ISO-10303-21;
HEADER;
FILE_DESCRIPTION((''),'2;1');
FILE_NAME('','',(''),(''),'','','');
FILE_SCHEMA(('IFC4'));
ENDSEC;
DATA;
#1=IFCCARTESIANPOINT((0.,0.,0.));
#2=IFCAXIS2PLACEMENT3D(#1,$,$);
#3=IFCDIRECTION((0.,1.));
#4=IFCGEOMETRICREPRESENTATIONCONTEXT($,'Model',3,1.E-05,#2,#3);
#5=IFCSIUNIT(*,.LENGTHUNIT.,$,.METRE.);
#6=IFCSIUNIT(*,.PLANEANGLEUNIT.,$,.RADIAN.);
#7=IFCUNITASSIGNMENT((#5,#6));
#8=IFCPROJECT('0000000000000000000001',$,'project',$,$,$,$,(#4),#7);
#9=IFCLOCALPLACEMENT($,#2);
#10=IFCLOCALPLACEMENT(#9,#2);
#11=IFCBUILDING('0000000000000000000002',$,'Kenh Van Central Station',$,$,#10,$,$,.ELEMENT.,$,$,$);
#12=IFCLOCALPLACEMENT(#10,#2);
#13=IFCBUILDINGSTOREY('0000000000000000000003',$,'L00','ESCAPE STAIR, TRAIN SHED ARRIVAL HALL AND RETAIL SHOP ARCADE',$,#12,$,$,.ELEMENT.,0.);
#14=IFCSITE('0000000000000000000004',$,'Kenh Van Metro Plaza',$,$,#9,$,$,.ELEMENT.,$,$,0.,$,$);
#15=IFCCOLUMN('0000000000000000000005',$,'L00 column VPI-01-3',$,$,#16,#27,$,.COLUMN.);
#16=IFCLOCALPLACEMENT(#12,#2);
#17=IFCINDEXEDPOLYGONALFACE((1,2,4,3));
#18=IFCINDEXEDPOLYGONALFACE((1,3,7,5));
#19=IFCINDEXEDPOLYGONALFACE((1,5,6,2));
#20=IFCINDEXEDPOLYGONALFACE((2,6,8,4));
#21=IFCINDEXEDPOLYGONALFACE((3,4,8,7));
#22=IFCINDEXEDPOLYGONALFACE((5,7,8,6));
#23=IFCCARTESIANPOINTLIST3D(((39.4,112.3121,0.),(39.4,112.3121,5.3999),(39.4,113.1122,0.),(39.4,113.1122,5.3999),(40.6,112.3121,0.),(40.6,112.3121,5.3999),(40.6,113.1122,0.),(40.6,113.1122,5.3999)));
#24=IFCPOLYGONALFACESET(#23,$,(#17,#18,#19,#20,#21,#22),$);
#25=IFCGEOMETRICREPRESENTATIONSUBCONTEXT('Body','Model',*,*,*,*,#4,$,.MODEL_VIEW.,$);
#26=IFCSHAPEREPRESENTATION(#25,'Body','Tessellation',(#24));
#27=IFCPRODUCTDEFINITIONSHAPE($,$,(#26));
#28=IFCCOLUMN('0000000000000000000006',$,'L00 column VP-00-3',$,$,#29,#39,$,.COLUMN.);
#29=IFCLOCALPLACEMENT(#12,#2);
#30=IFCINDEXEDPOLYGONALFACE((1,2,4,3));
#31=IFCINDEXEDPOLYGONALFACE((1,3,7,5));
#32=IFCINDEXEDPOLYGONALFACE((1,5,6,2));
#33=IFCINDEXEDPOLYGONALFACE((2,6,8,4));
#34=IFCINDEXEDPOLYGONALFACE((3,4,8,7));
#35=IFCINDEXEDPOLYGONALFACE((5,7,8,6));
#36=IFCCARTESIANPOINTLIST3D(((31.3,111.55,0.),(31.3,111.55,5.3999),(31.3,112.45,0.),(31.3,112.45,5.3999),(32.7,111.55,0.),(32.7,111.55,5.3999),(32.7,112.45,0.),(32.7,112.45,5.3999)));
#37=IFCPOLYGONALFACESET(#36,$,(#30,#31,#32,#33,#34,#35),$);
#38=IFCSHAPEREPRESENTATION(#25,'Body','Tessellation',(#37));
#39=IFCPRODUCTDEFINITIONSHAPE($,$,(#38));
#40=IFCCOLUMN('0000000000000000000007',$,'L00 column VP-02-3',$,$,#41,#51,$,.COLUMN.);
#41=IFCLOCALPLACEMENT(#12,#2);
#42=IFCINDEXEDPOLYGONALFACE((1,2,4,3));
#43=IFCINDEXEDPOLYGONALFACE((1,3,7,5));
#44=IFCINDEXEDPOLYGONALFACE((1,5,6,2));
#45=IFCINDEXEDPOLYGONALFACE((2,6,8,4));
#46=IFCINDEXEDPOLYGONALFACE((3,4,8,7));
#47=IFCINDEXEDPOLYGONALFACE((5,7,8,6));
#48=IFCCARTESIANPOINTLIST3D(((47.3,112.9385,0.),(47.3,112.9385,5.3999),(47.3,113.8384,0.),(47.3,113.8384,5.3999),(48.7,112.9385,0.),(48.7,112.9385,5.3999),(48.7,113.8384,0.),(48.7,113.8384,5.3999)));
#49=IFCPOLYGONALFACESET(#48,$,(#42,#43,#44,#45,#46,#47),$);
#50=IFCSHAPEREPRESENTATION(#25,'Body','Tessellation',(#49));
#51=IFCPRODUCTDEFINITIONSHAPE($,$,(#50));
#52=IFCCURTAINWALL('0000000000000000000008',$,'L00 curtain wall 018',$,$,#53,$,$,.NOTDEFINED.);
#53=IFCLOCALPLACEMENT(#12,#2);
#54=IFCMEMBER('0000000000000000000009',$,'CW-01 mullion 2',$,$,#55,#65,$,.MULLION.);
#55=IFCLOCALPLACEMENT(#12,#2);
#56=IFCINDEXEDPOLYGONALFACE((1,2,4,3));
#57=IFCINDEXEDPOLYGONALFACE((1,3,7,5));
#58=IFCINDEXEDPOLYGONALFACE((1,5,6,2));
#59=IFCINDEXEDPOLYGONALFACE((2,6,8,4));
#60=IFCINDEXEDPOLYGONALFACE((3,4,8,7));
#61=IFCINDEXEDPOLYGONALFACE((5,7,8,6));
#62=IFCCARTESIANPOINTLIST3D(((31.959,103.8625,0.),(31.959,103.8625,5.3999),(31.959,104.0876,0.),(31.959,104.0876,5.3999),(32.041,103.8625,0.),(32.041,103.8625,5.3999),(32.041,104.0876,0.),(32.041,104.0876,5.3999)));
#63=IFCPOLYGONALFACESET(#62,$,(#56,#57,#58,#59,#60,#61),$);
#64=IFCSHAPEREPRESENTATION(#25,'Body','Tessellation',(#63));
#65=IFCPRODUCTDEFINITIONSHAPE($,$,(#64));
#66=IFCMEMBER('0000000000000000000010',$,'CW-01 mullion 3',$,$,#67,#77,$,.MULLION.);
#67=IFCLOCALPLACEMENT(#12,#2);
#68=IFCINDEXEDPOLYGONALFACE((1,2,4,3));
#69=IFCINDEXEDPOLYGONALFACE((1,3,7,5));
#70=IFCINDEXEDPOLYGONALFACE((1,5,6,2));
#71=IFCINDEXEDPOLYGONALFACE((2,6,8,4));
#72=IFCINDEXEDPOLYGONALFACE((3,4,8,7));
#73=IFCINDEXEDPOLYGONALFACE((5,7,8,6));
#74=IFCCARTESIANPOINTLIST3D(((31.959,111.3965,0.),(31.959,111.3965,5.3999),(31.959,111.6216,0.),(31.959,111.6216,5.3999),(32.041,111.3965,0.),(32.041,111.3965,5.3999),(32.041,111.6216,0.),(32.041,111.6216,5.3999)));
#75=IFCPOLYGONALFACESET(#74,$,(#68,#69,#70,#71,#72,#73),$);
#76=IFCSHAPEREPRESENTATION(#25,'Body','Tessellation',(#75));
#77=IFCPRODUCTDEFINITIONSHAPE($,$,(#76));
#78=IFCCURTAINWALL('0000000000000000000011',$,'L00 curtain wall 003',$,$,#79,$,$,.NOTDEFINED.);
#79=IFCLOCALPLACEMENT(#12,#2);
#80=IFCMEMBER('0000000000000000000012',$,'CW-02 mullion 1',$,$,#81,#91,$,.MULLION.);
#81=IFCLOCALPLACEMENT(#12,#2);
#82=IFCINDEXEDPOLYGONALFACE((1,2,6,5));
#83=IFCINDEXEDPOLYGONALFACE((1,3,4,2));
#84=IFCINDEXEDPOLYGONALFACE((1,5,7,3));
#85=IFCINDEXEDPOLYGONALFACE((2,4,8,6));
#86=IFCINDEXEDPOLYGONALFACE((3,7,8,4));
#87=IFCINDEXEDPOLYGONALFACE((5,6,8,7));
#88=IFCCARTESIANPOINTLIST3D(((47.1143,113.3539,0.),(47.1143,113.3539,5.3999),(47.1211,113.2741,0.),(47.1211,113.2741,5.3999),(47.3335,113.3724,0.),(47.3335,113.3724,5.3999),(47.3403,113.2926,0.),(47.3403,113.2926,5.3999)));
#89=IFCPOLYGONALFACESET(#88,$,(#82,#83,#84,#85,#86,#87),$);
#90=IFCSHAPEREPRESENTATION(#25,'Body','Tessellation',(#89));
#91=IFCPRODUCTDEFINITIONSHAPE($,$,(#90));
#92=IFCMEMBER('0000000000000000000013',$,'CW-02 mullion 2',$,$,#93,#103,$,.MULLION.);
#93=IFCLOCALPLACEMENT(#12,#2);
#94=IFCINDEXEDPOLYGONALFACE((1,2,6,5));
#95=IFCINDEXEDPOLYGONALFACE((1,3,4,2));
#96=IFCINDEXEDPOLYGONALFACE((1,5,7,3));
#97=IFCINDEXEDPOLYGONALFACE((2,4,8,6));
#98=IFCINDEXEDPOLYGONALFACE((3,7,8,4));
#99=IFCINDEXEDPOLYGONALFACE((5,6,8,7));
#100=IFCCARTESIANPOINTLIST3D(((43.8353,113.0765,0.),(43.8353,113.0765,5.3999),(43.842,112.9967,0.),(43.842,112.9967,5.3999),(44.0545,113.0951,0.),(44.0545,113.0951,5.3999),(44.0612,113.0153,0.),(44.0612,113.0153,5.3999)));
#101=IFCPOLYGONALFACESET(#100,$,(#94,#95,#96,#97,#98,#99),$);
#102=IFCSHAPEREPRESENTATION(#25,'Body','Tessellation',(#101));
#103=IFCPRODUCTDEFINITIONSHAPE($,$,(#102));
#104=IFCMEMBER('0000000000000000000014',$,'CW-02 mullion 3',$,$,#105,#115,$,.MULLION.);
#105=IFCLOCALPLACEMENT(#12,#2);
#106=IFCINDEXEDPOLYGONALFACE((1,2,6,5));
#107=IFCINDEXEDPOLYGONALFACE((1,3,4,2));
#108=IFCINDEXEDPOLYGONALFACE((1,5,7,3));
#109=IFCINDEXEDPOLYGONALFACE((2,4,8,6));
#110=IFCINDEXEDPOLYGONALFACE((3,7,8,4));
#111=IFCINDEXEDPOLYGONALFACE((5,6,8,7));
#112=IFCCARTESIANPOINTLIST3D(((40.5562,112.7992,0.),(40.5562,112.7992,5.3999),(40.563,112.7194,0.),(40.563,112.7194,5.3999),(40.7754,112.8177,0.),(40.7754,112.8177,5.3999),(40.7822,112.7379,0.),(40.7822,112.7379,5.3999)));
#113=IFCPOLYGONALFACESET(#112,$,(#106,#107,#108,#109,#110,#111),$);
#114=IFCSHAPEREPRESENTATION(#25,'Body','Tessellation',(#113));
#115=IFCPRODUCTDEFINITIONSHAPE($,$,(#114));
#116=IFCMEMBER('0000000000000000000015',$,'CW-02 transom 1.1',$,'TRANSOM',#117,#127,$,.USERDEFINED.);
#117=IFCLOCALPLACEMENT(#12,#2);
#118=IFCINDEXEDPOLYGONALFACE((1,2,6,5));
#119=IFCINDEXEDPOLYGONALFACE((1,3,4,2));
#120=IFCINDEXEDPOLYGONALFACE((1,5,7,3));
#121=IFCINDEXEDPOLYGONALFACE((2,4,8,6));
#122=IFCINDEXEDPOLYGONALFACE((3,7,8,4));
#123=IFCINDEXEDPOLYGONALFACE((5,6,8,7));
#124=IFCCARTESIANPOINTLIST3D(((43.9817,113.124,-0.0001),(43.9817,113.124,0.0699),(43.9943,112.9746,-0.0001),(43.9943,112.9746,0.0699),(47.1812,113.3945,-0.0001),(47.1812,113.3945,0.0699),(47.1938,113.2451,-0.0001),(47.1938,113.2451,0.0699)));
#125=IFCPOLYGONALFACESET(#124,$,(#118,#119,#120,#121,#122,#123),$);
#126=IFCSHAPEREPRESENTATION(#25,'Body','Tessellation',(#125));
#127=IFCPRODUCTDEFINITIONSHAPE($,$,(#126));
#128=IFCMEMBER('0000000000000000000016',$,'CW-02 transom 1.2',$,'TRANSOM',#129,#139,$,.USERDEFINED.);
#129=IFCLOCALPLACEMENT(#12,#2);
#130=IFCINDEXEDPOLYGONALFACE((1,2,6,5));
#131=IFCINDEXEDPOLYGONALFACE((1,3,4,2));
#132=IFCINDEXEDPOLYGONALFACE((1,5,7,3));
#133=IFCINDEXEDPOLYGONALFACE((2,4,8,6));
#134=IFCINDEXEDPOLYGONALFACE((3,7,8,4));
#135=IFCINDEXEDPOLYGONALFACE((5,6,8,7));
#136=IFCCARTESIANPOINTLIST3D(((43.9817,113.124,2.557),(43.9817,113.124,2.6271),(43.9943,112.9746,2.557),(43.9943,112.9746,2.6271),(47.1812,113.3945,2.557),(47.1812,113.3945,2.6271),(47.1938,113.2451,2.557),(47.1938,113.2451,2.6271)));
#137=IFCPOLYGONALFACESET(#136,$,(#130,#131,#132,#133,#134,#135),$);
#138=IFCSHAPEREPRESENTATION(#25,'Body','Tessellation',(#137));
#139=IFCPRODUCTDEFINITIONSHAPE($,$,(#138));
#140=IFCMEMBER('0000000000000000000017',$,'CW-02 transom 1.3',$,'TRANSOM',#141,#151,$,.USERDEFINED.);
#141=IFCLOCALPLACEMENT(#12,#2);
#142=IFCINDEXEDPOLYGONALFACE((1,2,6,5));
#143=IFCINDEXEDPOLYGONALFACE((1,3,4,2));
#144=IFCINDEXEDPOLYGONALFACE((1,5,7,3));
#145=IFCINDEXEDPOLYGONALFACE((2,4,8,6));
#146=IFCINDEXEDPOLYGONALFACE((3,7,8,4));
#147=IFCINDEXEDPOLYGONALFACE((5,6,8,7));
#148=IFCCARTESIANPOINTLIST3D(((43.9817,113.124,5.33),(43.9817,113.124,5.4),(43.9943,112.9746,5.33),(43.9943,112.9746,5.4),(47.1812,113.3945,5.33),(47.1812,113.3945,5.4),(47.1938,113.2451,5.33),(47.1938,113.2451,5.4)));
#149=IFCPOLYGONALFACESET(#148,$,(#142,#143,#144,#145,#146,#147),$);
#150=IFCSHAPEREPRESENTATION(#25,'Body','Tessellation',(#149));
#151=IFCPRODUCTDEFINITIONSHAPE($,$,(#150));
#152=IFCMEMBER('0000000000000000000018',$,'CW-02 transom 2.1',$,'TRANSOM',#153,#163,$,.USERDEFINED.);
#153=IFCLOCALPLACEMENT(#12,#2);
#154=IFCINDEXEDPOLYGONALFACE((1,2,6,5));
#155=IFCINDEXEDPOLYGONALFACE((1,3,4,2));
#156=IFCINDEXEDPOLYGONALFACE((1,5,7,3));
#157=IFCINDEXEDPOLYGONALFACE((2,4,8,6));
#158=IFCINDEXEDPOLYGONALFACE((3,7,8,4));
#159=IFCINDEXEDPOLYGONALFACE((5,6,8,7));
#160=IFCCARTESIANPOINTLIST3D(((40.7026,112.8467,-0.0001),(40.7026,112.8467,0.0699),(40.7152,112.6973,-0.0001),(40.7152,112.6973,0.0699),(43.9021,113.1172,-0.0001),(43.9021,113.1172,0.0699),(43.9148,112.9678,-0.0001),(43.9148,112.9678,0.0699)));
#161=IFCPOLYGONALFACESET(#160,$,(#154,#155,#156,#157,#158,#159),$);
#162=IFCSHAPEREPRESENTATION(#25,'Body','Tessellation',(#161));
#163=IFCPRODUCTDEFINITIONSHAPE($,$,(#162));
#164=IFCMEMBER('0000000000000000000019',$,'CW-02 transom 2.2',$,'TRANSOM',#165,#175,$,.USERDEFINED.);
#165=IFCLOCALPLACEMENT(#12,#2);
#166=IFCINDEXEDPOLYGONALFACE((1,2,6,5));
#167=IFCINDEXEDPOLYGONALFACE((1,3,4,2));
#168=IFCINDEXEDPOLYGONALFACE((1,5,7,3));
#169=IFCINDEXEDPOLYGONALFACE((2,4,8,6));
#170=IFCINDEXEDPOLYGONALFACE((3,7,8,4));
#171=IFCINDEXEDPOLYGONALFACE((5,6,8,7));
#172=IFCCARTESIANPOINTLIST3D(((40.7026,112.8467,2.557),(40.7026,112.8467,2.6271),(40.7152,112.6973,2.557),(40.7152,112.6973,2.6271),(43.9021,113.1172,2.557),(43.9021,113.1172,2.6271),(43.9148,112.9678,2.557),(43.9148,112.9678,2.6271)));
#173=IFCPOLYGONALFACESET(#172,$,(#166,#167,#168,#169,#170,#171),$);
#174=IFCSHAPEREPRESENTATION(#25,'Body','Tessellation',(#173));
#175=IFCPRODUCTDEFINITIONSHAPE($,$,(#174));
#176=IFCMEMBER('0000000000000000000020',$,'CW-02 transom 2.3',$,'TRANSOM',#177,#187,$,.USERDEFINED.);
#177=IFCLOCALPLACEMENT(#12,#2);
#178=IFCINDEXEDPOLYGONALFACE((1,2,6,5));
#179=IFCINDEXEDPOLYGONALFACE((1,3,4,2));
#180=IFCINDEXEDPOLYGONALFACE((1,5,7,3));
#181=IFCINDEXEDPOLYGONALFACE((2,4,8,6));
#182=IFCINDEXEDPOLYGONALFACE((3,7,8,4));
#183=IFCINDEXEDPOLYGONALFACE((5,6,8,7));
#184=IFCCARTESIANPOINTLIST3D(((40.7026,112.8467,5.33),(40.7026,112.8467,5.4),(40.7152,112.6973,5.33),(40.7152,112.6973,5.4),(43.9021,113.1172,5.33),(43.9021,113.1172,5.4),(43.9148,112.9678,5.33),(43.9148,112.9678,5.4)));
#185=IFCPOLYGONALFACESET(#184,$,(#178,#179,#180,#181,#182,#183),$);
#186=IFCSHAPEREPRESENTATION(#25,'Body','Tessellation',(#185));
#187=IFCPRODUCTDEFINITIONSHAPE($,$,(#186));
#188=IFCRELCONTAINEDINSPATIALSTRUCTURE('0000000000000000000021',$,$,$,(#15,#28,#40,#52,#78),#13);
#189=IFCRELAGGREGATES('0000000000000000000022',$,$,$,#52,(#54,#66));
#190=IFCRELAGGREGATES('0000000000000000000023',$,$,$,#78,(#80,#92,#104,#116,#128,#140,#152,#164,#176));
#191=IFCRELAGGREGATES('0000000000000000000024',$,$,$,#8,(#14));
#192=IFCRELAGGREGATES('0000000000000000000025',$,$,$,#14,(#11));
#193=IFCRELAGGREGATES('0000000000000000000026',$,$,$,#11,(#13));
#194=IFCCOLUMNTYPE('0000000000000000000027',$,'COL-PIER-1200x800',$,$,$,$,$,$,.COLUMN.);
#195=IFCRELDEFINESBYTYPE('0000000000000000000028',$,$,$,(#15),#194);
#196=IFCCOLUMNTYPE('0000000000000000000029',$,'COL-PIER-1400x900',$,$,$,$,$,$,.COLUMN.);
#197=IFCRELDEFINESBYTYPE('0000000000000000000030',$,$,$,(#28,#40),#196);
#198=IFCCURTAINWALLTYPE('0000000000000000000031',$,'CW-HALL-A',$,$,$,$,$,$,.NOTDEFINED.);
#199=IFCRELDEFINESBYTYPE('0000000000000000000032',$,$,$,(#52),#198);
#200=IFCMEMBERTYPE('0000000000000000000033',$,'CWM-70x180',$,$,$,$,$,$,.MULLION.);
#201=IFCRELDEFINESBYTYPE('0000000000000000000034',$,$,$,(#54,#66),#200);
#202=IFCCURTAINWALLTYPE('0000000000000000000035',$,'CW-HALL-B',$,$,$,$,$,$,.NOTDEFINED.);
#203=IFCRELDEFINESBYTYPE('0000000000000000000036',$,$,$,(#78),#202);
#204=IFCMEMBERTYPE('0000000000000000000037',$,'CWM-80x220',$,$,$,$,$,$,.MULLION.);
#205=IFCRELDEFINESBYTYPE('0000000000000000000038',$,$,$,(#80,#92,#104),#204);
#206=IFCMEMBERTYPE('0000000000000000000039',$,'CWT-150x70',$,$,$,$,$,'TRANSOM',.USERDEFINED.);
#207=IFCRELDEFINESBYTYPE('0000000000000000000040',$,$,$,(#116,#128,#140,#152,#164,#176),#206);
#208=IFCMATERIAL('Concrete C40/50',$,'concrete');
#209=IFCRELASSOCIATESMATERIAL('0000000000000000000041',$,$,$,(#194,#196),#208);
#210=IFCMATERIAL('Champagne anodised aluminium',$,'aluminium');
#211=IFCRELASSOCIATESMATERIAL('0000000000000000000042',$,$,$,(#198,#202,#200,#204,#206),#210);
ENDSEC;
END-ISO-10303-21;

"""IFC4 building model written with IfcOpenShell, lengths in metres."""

from ifc_helpers import new_model, si_unit, direction, frame, origin, origin_2d, place, context, subcontext, project, spatial, rectangle, extrude, material, material_profile, profile_set, type_object, element, aggregate, save


model = new_model("IFC4")

# Units and contexts
model_context = context("Model", 3, precision=1e-05, world=origin(), true_north=direction((0.0, 1.0)))
body_context = subcontext(model_context, "Body", "Model", "MODEL_VIEW")
ifc_project = project(units=[si_unit("LENGTHUNIT", "METRE"), si_unit("PLANEANGLEUNIT", "RADIAN")], contexts=[model_context])

# Site, building, storey
site_placement = place(None, origin())
site = spatial("IfcSite", under=ifc_project, at=site_placement, Name="Kenh Van Metro Plaza", CompositionType="ELEMENT", RefElevation=0.0)
building_placement = place(site_placement, origin())
building = spatial("IfcBuilding", under=site, at=building_placement, Name="Kenh Van Central Station", CompositionType="ELEMENT")
storey_placement = place(building_placement, origin())
storey = spatial("IfcBuildingStorey", under=building, at=storey_placement, Name="L00", Description="ESCAPE STAIR, TRAIN SHED ARRIVAL HALL AND RETAIL SHOP ARCADE", CompositionType="ELEMENT", Elevation=0.0)

# Columns
ifc_material_1 = material(Name="Concrete C40/50", Category="concrete")
ifc_material_profile_1 = material_profile(ifc_material_1, rectangle(XDim=1.2, YDim=0.8, at=origin_2d()), Name="RC 1200x800")
ifc_profile_set_1 = profile_set([ifc_material_profile_1], Name="Concrete C40/50")
column_type_1 = type_object("IfcColumnType", Name="COL-PIER-1200x800", PredefinedType="COLUMN", material=ifc_profile_set_1)
column_placement = place(storey_placement, frame((40.0, 112.7122, 0.0), z_axis=(0.0, 0.0, 1.0), x_axis=(1.0, 0.0, 0.0)))
element("IfcColumn", 1, at=column_placement, inside=storey, type_object=column_type_1, Name="L00 column VPI-01-3", PredefinedType="COLUMN", context=body_context, shape_type="SweptSolid", body=[
    extrude(rectangle(XDim=1.2, YDim=0.8, at=origin_2d()), origin(), (0.0, 0.0, 1.0), 5.3999),
])
ifc_material_profile_2 = material_profile(ifc_material_1, rectangle(XDim=1.3999, YDim=0.8999, at=origin_2d()), Name="RC 1400x900")
ifc_profile_set_2 = profile_set([ifc_material_profile_2], Name="Concrete C40/50")
column_type_2 = type_object("IfcColumnType", Name="COL-PIER-1400x900", PredefinedType="COLUMN", material=ifc_profile_set_2)
for number, where, z_axis, x_axis, name in (
    (2, (32.0, 112.0, 0.0), (0.0, 0.0, 1.0), (1.0, 0.0, 0.0), "L00 column VP-00-3"),
    (3, (48.0, 113.3884, 0.0), (0.0, 0.0, 1.0), (1.0, 0.0, 0.0), "L00 column VP-02-3"),
):
    element("IfcColumn", number, at=place(storey_placement, frame(where, z_axis=z_axis, x_axis=x_axis)), inside=storey, type_object=column_type_2, Name=name, PredefinedType="COLUMN", context=body_context, shape_type="SweptSolid", body=[
        extrude(rectangle(XDim=1.3999, YDim=0.8999, at=origin_2d()), origin(), (0.0, 0.0, 1.0), 5.3999),
    ])

# Curtain walls, members
ifc_material_2 = material(Name="Champagne anodised aluminium", Category="aluminium")
curtain_wall_type_1 = type_object("IfcCurtainWallType", Name="CW-HALL-A", PredefinedType="NOTDEFINED", material=ifc_material_2)
curtain_wall_1_placement = place(storey_placement, origin())
curtain_wall_1 = element("IfcCurtainWall", 4, at=curtain_wall_1_placement, inside=storey, type_object=curtain_wall_type_1, Name="L00 curtain wall 018", PredefinedType="NOTDEFINED")
ifc_material_profile_3 = material_profile(ifc_material_2, rectangle(XDim=0.082, YDim=0.2251, at=origin_2d()), Name="AL 82x225")
ifc_profile_set_3 = profile_set([ifc_material_profile_3], Name="Champagne anodised aluminium")
member_type_1 = type_object("IfcMemberType", Name="CWM-70x180", PredefinedType="MULLION", material=ifc_profile_set_3)
member_1_placement = place(storey_placement, frame((32.0, 103.9751, 0.0), z_axis=(0.0, 0.0, 1.0), x_axis=(-1.0, 0.0, 0.0)))
member_1 = element("IfcMember", 5, at=member_1_placement, type_object=member_type_1, Name="CW-01 mullion 2", PredefinedType="MULLION", context=body_context, shape_type="SweptSolid", body=[
    extrude(rectangle(XDim=0.082, YDim=0.2251, at=origin_2d()), origin(), (0.0, 0.0, 1.0), 5.3999),
])
member_2_placement = place(storey_placement, frame((32.0, 111.509, 0.0), z_axis=(0.0, 0.0, 1.0), x_axis=(-1.0, 0.0, 0.0)))
member_2 = element("IfcMember", 6, at=member_2_placement, type_object=member_type_1, Name="CW-01 mullion 3", PredefinedType="MULLION", context=body_context, shape_type="SweptSolid", body=[
    extrude(rectangle(XDim=0.082, YDim=0.2251, at=origin_2d()), origin(), (0.0, 0.0, 1.0), 5.3999),
])
curtain_wall_type_2 = type_object("IfcCurtainWallType", Name="CW-HALL-B", PredefinedType="NOTDEFINED", material=ifc_material_2)
curtain_wall_2_placement = place(storey_placement, origin())
curtain_wall_2 = element("IfcCurtainWall", 7, at=curtain_wall_2_placement, inside=storey, type_object=curtain_wall_type_2, Name="L00 curtain wall 003", PredefinedType="NOTDEFINED")
ifc_material_profile_4 = material_profile(ifc_material_2, rectangle(XDim=0.0801, YDim=0.22, at=origin_2d()), Name="AL 80x220")
ifc_profile_set_4 = profile_set([ifc_material_profile_4], Name="Champagne anodised aluminium")
member_type_2 = type_object("IfcMemberType", Name="CWM-80x220", PredefinedType="MULLION", material=ifc_profile_set_4)
member_3_placement = place(storey_placement, frame((47.2273, 113.3232, 0.0), z_axis=(0.0, 0.0, 1.0), x_axis=(0.084244, -0.996445, 0.0)))
member_3 = element("IfcMember", 8, at=member_3_placement, type_object=member_type_2, Name="CW-02 mullion 1", PredefinedType="MULLION", context=body_context, shape_type="SweptSolid", body=[
    extrude(rectangle(XDim=0.0801, YDim=0.22, at=origin_2d()), origin(), (0.0, 0.0, 1.0), 5.3999),
])
member_4_placement = place(storey_placement, frame((43.9482, 113.0459, 0.0), z_axis=(0.0, 0.0, 1.0), x_axis=(0.084244, -0.996445, 0.0)))
member_4 = element("IfcMember", 9, at=member_4_placement, type_object=member_type_2, Name="CW-02 mullion 2", PredefinedType="MULLION", context=body_context, shape_type="SweptSolid", body=[
    extrude(rectangle(XDim=0.0801, YDim=0.22, at=origin_2d()), origin(), (0.0, 0.0, 1.0), 5.3999),
])
member_5_placement = place(storey_placement, frame((40.6692, 112.7686, 0.0), z_axis=(0.0, 0.0, 1.0), x_axis=(0.084244, -0.996445, 0.0)))
member_5 = element("IfcMember", 10, at=member_5_placement, type_object=member_type_2, Name="CW-02 mullion 3", PredefinedType="MULLION", context=body_context, shape_type="SweptSolid", body=[
    extrude(rectangle(XDim=0.0801, YDim=0.22, at=origin_2d()), origin(), (0.0, 0.0, 1.0), 5.3999),
])
ifc_material_profile_5 = material_profile(ifc_material_2, rectangle(XDim=0.1499, YDim=0.0701, at=origin_2d()), Name="AL 150x70")
ifc_profile_set_5 = profile_set([ifc_material_profile_5], Name="Champagne anodised aluminium")
member_type_3 = type_object("IfcMemberType", Name="CWT-150x70", ElementType="TRANSOM", PredefinedType="USERDEFINED", material=ifc_profile_set_5)
member_6_placement = place(storey_placement, frame((47.1875, 113.3198, 0.0349), z_axis=(-0.996445, -0.084247, 0.0), x_axis=(0.084247, -0.996445, 0.0)))
member_6 = element("IfcMember", 11, at=member_6_placement, type_object=member_type_3, Name="CW-02 transom 1.1", ObjectType="TRANSOM", PredefinedType="USERDEFINED", context=body_context, shape_type="SweptSolid", body=[
    extrude(rectangle(XDim=0.1499, YDim=0.0701, at=origin_2d()), origin(), (0.0, 0.0, 1.0), 3.2109),
])
member_7_placement = place(storey_placement, frame((47.1875, 113.3198, 2.592), z_axis=(-0.996445, -0.084247, 0.0), x_axis=(0.084247, -0.996445, 0.0)))
member_7 = element("IfcMember", 12, at=member_7_placement, type_object=member_type_3, Name="CW-02 transom 1.2", ObjectType="TRANSOM", PredefinedType="USERDEFINED", context=body_context, shape_type="SweptSolid", body=[
    extrude(rectangle(XDim=0.1499, YDim=0.0701, at=origin_2d()), origin(), (0.0, 0.0, 1.0), 3.2109),
])
member_8_placement = place(storey_placement, frame((47.1875, 113.3198, 5.365), z_axis=(-0.996445, -0.084247, 0.0), x_axis=(0.084247, -0.996445, 0.0)))
member_8 = element("IfcMember", 13, at=member_8_placement, type_object=member_type_3, Name="CW-02 transom 1.3", ObjectType="TRANSOM", PredefinedType="USERDEFINED", context=body_context, shape_type="SweptSolid", body=[
    extrude(rectangle(XDim=0.1499, YDim=0.0701, at=origin_2d()), origin(), (0.0, 0.0, 1.0), 3.2109),
])
member_9_placement = place(storey_placement, frame((43.9084, 113.0425, 0.0349), z_axis=(-0.996445, -0.084247, 0.0), x_axis=(0.084247, -0.996445, 0.0)))
member_9 = element("IfcMember", 14, at=member_9_placement, type_object=member_type_3, Name="CW-02 transom 2.1", ObjectType="TRANSOM", PredefinedType="USERDEFINED", context=body_context, shape_type="SweptSolid", body=[
    extrude(rectangle(XDim=0.1499, YDim=0.0701, at=origin_2d()), origin(), (0.0, 0.0, 1.0), 3.2109),
])
member_10_placement = place(storey_placement, frame((43.9084, 113.0425, 2.592), z_axis=(-0.996445, -0.084247, 0.0), x_axis=(0.084247, -0.996445, 0.0)))
member_10 = element("IfcMember", 15, at=member_10_placement, type_object=member_type_3, Name="CW-02 transom 2.2", ObjectType="TRANSOM", PredefinedType="USERDEFINED", context=body_context, shape_type="SweptSolid", body=[
    extrude(rectangle(XDim=0.1499, YDim=0.0701, at=origin_2d()), origin(), (0.0, 0.0, 1.0), 3.2109),
])
member_11_placement = place(storey_placement, frame((43.9084, 113.0425, 5.365), z_axis=(-0.996445, -0.084247, 0.0), x_axis=(0.084247, -0.996445, 0.0)))
member_11 = element("IfcMember", 16, at=member_11_placement, type_object=member_type_3, Name="CW-02 transom 2.3", ObjectType="TRANSOM", PredefinedType="USERDEFINED", context=body_context, shape_type="SweptSolid", body=[
    extrude(rectangle(XDim=0.1499, YDim=0.0701, at=origin_2d()), origin(), (0.0, 0.0, 1.0), 3.2109),
])

aggregate(curtain_wall_1, [member_1, member_2])
aggregate(curtain_wall_2, [member_3, member_4, member_5, member_6, member_7, member_8, member_9, member_10, member_11])

save(model, "model.ifc")
